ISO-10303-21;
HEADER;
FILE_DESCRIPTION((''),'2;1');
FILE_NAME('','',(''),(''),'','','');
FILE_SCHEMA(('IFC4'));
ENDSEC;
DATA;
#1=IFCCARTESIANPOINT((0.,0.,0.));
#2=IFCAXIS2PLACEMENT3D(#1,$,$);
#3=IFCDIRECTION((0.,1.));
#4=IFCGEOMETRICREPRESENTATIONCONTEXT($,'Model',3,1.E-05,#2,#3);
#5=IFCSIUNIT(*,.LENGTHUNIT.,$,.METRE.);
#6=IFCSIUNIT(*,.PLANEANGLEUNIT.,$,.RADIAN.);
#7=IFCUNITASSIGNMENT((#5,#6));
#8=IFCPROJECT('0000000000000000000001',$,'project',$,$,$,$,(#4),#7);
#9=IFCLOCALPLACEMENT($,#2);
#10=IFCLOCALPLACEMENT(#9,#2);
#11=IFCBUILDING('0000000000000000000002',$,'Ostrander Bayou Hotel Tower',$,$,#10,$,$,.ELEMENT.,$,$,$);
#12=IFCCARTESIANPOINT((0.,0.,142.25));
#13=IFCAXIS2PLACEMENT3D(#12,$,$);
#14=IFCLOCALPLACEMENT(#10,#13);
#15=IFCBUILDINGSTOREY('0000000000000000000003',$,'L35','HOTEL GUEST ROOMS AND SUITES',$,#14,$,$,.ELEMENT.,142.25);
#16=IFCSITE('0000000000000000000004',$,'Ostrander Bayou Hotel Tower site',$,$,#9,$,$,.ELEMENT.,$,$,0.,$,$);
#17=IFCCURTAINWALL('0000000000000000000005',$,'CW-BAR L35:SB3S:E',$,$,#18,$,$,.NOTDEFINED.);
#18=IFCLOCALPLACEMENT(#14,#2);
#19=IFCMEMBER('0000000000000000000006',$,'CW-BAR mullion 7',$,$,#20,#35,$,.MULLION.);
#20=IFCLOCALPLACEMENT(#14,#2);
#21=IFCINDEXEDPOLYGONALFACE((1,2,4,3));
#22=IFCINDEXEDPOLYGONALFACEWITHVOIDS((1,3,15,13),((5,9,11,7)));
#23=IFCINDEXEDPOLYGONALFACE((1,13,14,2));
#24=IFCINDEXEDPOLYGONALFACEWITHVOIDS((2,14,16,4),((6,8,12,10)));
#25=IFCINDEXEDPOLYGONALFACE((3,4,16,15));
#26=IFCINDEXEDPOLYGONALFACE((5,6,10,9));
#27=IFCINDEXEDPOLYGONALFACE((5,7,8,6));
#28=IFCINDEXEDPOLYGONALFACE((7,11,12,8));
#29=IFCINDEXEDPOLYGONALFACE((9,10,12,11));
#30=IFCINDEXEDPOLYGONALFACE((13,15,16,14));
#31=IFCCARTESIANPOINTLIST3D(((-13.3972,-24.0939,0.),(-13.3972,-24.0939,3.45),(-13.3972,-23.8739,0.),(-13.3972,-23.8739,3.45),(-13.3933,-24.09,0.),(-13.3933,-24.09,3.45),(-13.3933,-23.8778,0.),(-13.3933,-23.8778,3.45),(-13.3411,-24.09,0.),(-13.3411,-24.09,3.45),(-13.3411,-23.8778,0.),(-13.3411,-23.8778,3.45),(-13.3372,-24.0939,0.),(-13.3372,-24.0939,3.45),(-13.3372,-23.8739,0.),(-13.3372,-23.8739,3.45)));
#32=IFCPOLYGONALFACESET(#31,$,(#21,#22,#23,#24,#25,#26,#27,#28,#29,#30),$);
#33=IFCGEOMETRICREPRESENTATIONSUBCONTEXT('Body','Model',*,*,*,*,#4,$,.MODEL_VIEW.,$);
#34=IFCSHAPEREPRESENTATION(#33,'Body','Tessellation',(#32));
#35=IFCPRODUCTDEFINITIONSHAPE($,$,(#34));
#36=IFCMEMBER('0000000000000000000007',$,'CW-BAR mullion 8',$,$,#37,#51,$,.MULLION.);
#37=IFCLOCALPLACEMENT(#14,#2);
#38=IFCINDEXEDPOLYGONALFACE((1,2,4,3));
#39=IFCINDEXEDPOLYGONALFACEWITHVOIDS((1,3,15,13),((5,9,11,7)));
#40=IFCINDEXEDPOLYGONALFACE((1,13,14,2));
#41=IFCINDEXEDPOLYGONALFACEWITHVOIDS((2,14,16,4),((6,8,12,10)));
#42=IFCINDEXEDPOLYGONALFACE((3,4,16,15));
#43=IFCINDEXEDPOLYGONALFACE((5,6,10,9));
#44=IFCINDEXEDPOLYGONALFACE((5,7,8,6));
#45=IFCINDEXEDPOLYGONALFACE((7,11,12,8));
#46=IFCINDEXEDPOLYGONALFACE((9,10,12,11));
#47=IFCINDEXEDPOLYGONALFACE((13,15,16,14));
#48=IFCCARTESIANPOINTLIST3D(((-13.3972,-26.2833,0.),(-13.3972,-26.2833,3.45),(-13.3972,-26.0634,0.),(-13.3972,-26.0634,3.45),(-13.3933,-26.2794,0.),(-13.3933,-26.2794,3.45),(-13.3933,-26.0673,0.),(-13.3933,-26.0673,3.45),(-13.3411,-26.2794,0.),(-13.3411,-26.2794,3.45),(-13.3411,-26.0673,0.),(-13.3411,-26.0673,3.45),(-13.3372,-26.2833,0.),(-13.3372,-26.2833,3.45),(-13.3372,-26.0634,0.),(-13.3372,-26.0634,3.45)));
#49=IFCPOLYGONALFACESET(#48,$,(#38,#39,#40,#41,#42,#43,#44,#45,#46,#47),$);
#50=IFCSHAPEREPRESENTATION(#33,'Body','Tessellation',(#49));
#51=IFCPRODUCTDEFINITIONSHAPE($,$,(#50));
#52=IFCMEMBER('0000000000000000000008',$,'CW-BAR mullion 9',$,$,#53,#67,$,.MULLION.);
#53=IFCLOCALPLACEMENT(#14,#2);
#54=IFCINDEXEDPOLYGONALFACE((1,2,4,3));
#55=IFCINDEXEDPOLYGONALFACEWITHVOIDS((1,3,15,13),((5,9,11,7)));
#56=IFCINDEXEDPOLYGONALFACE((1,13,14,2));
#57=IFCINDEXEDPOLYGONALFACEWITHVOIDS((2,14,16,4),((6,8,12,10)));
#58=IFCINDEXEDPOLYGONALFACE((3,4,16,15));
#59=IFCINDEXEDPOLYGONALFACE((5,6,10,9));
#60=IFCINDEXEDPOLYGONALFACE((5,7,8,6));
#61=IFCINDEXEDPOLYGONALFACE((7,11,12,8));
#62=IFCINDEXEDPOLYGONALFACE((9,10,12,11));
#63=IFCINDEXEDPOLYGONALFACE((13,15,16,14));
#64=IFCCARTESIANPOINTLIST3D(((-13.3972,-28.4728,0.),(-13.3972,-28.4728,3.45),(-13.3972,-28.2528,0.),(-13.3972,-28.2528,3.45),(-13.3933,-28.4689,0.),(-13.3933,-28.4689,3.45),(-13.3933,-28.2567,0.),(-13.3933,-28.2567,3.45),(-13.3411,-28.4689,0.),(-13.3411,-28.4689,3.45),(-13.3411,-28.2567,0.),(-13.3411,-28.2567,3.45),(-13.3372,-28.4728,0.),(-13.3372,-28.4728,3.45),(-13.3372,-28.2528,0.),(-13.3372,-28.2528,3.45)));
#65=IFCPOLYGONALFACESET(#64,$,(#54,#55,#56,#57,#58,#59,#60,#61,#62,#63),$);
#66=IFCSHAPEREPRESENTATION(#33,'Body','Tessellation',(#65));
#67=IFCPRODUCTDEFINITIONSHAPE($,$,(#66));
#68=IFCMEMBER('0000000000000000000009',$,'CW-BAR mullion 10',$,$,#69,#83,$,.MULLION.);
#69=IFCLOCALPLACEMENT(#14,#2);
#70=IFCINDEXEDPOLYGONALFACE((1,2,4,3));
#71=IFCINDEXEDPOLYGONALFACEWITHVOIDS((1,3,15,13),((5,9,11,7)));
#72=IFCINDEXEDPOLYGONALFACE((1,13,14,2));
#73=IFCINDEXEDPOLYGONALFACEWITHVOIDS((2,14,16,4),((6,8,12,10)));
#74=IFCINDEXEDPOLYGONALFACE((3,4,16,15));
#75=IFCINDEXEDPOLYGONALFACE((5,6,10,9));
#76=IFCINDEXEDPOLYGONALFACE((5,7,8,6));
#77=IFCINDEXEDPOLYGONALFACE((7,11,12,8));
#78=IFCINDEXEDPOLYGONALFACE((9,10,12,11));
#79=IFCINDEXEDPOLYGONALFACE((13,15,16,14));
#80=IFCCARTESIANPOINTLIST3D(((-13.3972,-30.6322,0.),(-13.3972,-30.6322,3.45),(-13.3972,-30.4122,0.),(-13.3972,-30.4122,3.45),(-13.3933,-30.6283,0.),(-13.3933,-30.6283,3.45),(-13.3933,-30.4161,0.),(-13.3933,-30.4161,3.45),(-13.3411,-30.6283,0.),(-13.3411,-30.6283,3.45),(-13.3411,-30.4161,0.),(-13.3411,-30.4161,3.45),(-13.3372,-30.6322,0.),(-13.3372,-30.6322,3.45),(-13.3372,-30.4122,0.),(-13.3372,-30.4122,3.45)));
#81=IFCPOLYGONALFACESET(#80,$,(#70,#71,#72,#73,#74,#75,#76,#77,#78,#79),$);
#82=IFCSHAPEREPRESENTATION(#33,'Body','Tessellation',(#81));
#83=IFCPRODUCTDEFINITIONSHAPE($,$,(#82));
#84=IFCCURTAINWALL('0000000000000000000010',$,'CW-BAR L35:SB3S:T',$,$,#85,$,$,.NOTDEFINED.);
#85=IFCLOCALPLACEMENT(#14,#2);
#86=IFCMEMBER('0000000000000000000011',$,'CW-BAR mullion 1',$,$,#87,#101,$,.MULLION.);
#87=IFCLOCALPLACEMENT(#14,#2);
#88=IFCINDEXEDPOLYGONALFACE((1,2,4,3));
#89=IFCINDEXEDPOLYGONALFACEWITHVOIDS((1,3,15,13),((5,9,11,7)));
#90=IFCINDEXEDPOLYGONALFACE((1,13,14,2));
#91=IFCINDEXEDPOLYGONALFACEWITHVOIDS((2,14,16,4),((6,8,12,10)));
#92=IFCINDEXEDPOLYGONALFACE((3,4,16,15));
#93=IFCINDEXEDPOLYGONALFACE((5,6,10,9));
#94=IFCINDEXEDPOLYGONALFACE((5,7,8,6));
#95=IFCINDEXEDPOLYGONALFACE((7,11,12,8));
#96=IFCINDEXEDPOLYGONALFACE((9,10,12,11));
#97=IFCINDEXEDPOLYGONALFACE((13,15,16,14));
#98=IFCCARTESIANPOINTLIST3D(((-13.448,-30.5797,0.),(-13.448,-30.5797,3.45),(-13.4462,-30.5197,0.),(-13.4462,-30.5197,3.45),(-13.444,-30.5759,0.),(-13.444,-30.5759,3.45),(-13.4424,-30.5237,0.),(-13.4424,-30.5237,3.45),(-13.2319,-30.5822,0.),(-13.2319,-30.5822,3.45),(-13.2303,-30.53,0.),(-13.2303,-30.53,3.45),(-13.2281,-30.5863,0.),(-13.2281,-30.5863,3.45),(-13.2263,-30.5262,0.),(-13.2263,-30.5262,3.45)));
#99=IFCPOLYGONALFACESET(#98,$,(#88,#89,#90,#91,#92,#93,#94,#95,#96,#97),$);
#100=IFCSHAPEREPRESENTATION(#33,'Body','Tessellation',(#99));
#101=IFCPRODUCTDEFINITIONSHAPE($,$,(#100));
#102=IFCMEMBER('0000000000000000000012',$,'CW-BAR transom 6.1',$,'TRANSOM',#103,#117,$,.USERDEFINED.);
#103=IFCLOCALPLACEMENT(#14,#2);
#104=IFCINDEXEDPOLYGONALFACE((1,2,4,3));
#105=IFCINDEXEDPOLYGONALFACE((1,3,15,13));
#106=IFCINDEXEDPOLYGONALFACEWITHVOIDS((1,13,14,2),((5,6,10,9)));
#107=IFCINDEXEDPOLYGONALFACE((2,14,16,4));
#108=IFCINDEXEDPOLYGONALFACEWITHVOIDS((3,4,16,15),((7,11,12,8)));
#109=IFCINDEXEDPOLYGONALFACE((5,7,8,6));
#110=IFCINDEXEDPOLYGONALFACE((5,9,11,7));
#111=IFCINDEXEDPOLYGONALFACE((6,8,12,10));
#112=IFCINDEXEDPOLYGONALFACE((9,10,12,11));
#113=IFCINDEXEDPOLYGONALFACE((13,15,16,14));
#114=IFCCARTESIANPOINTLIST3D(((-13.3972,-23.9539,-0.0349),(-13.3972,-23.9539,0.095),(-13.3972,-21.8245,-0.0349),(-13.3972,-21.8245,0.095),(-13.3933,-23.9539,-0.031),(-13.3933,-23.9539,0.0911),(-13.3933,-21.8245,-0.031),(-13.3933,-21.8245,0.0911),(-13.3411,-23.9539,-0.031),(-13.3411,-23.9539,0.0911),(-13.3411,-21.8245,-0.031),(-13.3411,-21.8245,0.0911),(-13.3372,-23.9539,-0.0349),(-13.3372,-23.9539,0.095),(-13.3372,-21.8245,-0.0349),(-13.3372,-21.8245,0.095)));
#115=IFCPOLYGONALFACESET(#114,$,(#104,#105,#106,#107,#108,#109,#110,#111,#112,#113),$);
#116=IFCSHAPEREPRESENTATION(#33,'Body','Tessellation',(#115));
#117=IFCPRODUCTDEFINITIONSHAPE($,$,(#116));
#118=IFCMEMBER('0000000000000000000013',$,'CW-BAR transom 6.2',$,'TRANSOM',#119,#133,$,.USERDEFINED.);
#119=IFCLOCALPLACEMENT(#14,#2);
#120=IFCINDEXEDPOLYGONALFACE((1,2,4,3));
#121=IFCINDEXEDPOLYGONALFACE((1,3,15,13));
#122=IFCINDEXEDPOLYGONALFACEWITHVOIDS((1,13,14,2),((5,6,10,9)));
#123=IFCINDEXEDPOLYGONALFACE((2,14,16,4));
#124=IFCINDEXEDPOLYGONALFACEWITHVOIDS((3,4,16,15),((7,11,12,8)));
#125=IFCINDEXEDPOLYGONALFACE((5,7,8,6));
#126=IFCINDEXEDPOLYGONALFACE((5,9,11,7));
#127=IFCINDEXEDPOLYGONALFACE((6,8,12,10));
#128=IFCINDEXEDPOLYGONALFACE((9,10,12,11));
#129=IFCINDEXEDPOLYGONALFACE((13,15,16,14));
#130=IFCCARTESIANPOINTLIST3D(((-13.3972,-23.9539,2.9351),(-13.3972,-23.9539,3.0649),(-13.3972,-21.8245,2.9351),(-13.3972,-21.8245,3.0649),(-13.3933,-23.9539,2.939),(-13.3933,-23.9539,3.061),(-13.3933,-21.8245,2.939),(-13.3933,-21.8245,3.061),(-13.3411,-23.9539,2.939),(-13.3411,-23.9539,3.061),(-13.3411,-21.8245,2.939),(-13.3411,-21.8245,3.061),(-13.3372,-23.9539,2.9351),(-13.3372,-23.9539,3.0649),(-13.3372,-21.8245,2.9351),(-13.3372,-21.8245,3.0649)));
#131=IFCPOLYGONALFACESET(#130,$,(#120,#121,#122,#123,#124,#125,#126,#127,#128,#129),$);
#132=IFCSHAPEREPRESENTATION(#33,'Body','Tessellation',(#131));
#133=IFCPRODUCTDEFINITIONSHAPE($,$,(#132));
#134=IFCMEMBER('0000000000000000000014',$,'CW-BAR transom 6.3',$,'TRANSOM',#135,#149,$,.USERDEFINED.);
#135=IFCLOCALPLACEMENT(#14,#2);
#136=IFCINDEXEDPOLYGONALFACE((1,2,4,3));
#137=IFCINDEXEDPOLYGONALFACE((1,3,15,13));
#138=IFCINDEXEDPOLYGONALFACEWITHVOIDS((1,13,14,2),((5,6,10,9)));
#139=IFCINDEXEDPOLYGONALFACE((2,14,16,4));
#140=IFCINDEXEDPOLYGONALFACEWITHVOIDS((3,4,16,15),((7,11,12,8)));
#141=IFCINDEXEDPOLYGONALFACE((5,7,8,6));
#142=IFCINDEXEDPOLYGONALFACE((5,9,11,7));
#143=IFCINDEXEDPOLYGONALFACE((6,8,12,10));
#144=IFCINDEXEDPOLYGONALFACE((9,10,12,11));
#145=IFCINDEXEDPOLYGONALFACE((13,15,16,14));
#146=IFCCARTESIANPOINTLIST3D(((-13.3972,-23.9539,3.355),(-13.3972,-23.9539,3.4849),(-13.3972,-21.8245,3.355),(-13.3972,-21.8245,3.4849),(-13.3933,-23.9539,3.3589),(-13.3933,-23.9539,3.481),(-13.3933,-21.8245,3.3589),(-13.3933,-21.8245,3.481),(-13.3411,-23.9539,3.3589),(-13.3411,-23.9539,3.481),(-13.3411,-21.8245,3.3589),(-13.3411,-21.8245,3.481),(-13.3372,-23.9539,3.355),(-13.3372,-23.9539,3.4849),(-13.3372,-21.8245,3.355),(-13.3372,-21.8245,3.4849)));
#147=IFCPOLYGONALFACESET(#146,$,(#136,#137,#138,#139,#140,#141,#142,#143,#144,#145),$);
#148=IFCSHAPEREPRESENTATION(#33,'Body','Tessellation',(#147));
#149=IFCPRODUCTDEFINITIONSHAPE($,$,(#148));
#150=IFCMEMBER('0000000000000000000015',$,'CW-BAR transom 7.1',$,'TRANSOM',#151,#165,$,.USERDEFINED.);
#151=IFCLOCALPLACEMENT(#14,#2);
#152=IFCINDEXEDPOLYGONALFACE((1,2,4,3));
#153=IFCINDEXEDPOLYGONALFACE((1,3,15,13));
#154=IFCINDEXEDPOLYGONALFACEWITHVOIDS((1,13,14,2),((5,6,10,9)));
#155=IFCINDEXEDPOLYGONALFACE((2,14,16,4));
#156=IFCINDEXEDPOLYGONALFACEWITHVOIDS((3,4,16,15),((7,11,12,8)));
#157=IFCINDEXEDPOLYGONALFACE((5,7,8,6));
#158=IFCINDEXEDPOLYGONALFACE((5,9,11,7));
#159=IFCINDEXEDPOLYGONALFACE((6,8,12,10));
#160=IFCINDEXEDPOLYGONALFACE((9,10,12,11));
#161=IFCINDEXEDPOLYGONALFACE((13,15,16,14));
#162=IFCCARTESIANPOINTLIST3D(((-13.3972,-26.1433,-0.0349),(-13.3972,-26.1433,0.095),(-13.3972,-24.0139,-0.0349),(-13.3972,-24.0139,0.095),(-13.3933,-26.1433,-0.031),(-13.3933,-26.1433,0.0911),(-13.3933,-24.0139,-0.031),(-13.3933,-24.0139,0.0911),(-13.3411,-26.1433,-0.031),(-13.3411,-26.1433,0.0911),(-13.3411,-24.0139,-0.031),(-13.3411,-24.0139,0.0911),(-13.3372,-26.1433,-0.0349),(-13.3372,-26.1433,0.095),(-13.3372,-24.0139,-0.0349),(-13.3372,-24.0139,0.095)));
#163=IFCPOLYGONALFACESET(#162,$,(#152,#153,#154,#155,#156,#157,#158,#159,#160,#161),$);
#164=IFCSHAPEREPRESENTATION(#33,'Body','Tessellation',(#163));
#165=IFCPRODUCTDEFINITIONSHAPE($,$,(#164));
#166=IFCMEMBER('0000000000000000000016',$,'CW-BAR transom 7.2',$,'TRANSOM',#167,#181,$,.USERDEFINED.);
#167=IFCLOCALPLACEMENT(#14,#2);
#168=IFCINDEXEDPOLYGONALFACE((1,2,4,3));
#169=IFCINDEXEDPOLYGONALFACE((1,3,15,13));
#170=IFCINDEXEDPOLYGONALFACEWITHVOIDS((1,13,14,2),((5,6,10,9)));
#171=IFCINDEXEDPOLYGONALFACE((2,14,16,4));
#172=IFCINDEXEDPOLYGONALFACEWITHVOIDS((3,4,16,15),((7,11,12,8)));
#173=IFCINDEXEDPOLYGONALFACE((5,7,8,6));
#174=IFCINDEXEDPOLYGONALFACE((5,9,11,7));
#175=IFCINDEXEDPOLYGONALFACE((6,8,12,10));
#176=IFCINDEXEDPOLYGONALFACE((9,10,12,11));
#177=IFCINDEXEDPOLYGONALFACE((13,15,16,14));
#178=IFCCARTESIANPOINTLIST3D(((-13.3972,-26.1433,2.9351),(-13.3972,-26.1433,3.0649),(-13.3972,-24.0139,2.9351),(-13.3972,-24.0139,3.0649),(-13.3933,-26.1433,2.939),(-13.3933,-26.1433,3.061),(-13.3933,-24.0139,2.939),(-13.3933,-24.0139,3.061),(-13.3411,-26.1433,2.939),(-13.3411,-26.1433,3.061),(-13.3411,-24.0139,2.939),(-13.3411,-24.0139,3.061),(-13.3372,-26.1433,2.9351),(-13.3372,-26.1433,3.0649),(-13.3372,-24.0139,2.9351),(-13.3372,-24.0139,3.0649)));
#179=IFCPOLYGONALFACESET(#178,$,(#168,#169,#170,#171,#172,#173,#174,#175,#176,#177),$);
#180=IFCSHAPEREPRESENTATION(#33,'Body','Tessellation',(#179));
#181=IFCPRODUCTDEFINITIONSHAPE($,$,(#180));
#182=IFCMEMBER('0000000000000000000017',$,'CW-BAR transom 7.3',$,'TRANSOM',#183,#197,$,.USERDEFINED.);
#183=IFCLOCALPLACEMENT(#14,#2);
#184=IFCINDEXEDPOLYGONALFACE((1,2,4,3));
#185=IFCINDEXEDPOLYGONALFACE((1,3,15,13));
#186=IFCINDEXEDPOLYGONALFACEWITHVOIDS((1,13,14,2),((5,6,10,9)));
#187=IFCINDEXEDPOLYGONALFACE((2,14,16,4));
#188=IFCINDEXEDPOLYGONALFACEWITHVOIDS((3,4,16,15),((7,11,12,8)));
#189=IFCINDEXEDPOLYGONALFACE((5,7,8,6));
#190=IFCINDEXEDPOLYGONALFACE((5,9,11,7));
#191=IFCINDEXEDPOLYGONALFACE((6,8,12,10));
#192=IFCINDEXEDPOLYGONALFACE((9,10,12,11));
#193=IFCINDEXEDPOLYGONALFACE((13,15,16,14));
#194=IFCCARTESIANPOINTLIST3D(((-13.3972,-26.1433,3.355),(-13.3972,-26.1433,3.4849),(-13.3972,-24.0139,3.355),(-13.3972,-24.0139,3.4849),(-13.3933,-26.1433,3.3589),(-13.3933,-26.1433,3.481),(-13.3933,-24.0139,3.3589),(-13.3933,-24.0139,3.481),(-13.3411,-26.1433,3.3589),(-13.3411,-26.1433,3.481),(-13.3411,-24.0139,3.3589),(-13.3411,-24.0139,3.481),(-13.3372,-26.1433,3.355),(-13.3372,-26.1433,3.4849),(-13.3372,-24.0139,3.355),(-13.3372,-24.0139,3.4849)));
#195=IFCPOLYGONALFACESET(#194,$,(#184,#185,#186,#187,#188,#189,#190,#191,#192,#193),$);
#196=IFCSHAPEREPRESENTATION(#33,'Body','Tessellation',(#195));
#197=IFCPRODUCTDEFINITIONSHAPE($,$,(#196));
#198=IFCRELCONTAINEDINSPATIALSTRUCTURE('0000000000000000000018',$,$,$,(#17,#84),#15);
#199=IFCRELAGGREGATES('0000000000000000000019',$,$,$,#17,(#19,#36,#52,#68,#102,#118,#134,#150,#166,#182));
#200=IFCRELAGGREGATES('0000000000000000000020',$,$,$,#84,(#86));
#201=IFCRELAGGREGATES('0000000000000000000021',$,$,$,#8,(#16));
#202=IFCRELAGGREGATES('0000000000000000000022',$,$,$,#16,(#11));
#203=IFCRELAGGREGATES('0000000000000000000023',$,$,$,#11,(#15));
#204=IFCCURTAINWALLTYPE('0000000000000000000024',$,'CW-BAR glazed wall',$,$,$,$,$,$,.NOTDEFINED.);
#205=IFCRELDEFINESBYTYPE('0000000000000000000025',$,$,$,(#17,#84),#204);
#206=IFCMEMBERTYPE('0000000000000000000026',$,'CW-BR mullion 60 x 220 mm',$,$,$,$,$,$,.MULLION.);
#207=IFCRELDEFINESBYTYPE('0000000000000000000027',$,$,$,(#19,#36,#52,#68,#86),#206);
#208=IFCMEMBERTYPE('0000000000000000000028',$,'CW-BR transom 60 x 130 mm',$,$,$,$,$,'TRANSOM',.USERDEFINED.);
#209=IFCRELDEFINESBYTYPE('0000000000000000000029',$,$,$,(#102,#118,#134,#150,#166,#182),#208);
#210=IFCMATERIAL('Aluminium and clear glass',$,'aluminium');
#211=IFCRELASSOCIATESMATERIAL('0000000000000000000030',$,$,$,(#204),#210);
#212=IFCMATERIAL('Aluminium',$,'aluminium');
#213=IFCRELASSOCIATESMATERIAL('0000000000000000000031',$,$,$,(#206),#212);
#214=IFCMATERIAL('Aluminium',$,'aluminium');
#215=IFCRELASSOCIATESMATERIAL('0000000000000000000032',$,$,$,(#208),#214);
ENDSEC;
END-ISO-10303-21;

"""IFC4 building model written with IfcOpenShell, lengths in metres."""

from ifc_helpers import new_model, si_unit, direction, frame, origin, origin_2d, place, context, subcontext, project, spatial, hollow_rectangle, extrude, material, material_profile, profile_set, type_object, element, aggregate, save


model = new_model("IFC4")

# Units and contexts
model_context = context("Model", 3, precision=1e-05, world=origin(), true_north=direction((0.0, 1.0)))
body_context = subcontext(model_context, "Body", "Model", "MODEL_VIEW")
ifc_project = project(units=[si_unit("LENGTHUNIT", "METRE"), si_unit("PLANEANGLEUNIT", "RADIAN")], contexts=[model_context])

# Site, building, storey
site_placement = place(None, origin())
site = spatial("IfcSite", under=ifc_project, at=site_placement, Name="Ostrander Bayou Hotel Tower site", CompositionType="ELEMENT", RefElevation=0.0)
building_placement = place(site_placement, origin())
building = spatial("IfcBuilding", under=site, at=building_placement, Name="Ostrander Bayou Hotel Tower", CompositionType="ELEMENT")
storey_placement = place(building_placement, frame((0.0, 0.0, 142.25)))
storey = spatial("IfcBuildingStorey", under=building, at=storey_placement, Name="L35", Description="HOTEL GUEST ROOMS AND SUITES", CompositionType="ELEMENT", Elevation=142.25)

# Curtain wall, members
ifc_material_1 = material(Name="Aluminium and clear glass", Category="aluminium")
curtain_wall_type = type_object("IfcCurtainWallType", Name="CW-BAR glazed wall", PredefinedType="NOTDEFINED", material=ifc_material_1)
curtain_wall_1_placement = place(storey_placement, origin())
curtain_wall_1 = element("IfcCurtainWall", 1, at=curtain_wall_1_placement, inside=storey, type_object=curtain_wall_type, Name="CW-BAR L35:SB3S:E", PredefinedType="NOTDEFINED")
ifc_material_2 = material(Name="Aluminium", Category="aluminium")
ifc_material_profile_1 = material_profile(ifc_material_2, hollow_rectangle(XDim=0.0601, YDim=0.22, WallThickness=0.0039, at=origin_2d()))
ifc_profile_set_1 = profile_set([ifc_material_profile_1], Name="Aluminium")
member_type_1 = type_object("IfcMemberType", Name="CW-BR mullion 60 x 220 mm", PredefinedType="MULLION", material=ifc_profile_set_1)
member_1_placement = place(storey_placement, frame((-13.3672, -23.9839, 0.0), z_axis=(0.0, 0.0, 1.0), x_axis=(1.0, 0.0, 0.0)))
member_1 = element("IfcMember", 2, at=member_1_placement, type_object=member_type_1, Name="CW-BAR mullion 7", PredefinedType="MULLION", context=body_context, shape_type="SweptSolid", body=[
    extrude(hollow_rectangle(XDim=0.0601, YDim=0.22, WallThickness=0.0039, at=origin_2d()), origin(), (0.0, 0.0, 1.0), 3.45),
])
member_2_placement = place(storey_placement, frame((-13.3672, -26.1733, 0.0), z_axis=(0.0, 0.0, 1.0), x_axis=(1.0, 0.0, 0.0)))
member_2 = element("IfcMember", 3, at=member_2_placement, type_object=member_type_1, Name="CW-BAR mullion 8", PredefinedType="MULLION", context=body_context, shape_type="SweptSolid", body=[
    extrude(hollow_rectangle(XDim=0.0601, YDim=0.22, WallThickness=0.0039, at=origin_2d()), origin(), (0.0, 0.0, 1.0), 3.45),
])
member_3_placement = place(storey_placement, frame((-13.3672, -28.3628, 0.0), z_axis=(0.0, 0.0, 1.0), x_axis=(1.0, 0.0, 0.0)))
member_3 = element("IfcMember", 4, at=member_3_placement, type_object=member_type_1, Name="CW-BAR mullion 9", PredefinedType="MULLION", context=body_context, shape_type="SweptSolid", body=[
    extrude(hollow_rectangle(XDim=0.0601, YDim=0.22, WallThickness=0.0039, at=origin_2d()), origin(), (0.0, 0.0, 1.0), 3.45),
])
member_4_placement = place(storey_placement, frame((-13.3672, -30.5222, 0.0), z_axis=(0.0, 0.0, 1.0), x_axis=(1.0, 0.0, 0.0)))
member_4 = element("IfcMember", 5, at=member_4_placement, type_object=member_type_1, Name="CW-BAR mullion 10", PredefinedType="MULLION", context=body_context, shape_type="SweptSolid", body=[
    extrude(hollow_rectangle(XDim=0.0601, YDim=0.22, WallThickness=0.0039, at=origin_2d()), origin(), (0.0, 0.0, 1.0), 3.45),
])

# Curtain wall, member
curtain_wall_2_placement = place(storey_placement, origin())
curtain_wall_2 = element("IfcCurtainWall", 6, at=curtain_wall_2_placement, inside=storey, type_object=curtain_wall_type, Name="CW-BAR L35:SB3S:T", PredefinedType="NOTDEFINED")
member_5_placement = place(storey_placement, frame((-13.3372, -30.553, 0.0), z_axis=(0.0, 0.0, 1.0), x_axis=(0.029746, 0.999557, 0.0)))
member_5 = element("IfcMember", 7, at=member_5_placement, type_object=member_type_1, Name="CW-BAR mullion 1", PredefinedType="MULLION", context=body_context, shape_type="SweptSolid", body=[
    extrude(hollow_rectangle(XDim=0.0601, YDim=0.22, WallThickness=0.0039, at=origin_2d()), origin(), (0.0, 0.0, 1.0), 3.45),
])

# Members
ifc_material_3 = material(Name="Aluminium", Category="aluminium")
ifc_material_profile_2 = material_profile(ifc_material_3, hollow_rectangle(XDim=0.0601, YDim=0.1299, WallThickness=0.0039, at=origin_2d()))
ifc_profile_set_2 = profile_set([ifc_material_profile_2], Name="Aluminium")
member_type_2 = type_object("IfcMemberType", Name="CW-BR transom 60 x 130 mm", ElementType="TRANSOM", PredefinedType="USERDEFINED", material=ifc_profile_set_2)
member_6_placement = place(storey_placement, frame((-13.3672, -21.8245, 0.03), z_axis=(0.0, -1.0, 0.0), x_axis=(1.0, 0.0, 0.0)))
member_6 = element("IfcMember", 8, at=member_6_placement, type_object=member_type_2, Name="CW-BAR transom 6.1", ObjectType="TRANSOM", PredefinedType="USERDEFINED", context=body_context, shape_type="SweptSolid", body=[
    extrude(hollow_rectangle(XDim=0.0601, YDim=0.1299, WallThickness=0.0039, at=origin_2d()), origin(), (0.0, 0.0, 1.0), 2.1294),
])
member_7_placement = place(storey_placement, frame((-13.3672, -21.8245, 3.0), z_axis=(0.0, -1.0, 0.0), x_axis=(1.0, 0.0, 0.0)))
member_7 = element("IfcMember", 9, at=member_7_placement, type_object=member_type_2, Name="CW-BAR transom 6.2", ObjectType="TRANSOM", PredefinedType="USERDEFINED", context=body_context, shape_type="SweptSolid", body=[
    extrude(hollow_rectangle(XDim=0.0601, YDim=0.1299, WallThickness=0.0039, at=origin_2d()), origin(), (0.0, 0.0, 1.0), 2.1294),
])
member_8_placement = place(storey_placement, frame((-13.3672, -21.8245, 3.4199), z_axis=(0.0, -1.0, 0.0), x_axis=(1.0, 0.0, 0.0)))
member_8 = element("IfcMember", 10, at=member_8_placement, type_object=member_type_2, Name="CW-BAR transom 6.3", ObjectType="TRANSOM", PredefinedType="USERDEFINED", context=body_context, shape_type="SweptSolid", body=[
    extrude(hollow_rectangle(XDim=0.0601, YDim=0.1299, WallThickness=0.0039, at=origin_2d()), origin(), (0.0, 0.0, 1.0), 2.1294),
])
member_9_placement = place(storey_placement, frame((-13.3672, -24.0139, 0.03), z_axis=(0.0, -1.0, 0.0), x_axis=(1.0, 0.0, 0.0)))
member_9 = element("IfcMember", 11, at=member_9_placement, type_object=member_type_2, Name="CW-BAR transom 7.1", ObjectType="TRANSOM", PredefinedType="USERDEFINED", context=body_context, shape_type="SweptSolid", body=[
    extrude(hollow_rectangle(XDim=0.0601, YDim=0.1299, WallThickness=0.0039, at=origin_2d()), origin(), (0.0, 0.0, 1.0), 2.1294),
])
member_10_placement = place(storey_placement, frame((-13.3672, -24.0139, 3.0), z_axis=(0.0, -1.0, 0.0), x_axis=(1.0, 0.0, 0.0)))
member_10 = element("IfcMember", 12, at=member_10_placement, type_object=member_type_2, Name="CW-BAR transom 7.2", ObjectType="TRANSOM", PredefinedType="USERDEFINED", context=body_context, shape_type="SweptSolid", body=[
    extrude(hollow_rectangle(XDim=0.0601, YDim=0.1299, WallThickness=0.0039, at=origin_2d()), origin(), (0.0, 0.0, 1.0), 2.1294),
])
member_11_placement = place(storey_placement, frame((-13.3672, -24.0139, 3.4199), z_axis=(0.0, -1.0, 0.0), x_axis=(1.0, 0.0, 0.0)))
member_11 = element("IfcMember", 13, at=member_11_placement, type_object=member_type_2, Name="CW-BAR transom 7.3", ObjectType="TRANSOM", PredefinedType="USERDEFINED", context=body_context, shape_type="SweptSolid", body=[
    extrude(hollow_rectangle(XDim=0.0601, YDim=0.1299, WallThickness=0.0039, at=origin_2d()), origin(), (0.0, 0.0, 1.0), 2.1294),
])

aggregate(curtain_wall_1, [member_1, member_2, member_3, member_4, member_6, member_7, member_8, member_9, member_10, member_11])
aggregate(curtain_wall_2, [member_5])

save(model, "model.ifc")
